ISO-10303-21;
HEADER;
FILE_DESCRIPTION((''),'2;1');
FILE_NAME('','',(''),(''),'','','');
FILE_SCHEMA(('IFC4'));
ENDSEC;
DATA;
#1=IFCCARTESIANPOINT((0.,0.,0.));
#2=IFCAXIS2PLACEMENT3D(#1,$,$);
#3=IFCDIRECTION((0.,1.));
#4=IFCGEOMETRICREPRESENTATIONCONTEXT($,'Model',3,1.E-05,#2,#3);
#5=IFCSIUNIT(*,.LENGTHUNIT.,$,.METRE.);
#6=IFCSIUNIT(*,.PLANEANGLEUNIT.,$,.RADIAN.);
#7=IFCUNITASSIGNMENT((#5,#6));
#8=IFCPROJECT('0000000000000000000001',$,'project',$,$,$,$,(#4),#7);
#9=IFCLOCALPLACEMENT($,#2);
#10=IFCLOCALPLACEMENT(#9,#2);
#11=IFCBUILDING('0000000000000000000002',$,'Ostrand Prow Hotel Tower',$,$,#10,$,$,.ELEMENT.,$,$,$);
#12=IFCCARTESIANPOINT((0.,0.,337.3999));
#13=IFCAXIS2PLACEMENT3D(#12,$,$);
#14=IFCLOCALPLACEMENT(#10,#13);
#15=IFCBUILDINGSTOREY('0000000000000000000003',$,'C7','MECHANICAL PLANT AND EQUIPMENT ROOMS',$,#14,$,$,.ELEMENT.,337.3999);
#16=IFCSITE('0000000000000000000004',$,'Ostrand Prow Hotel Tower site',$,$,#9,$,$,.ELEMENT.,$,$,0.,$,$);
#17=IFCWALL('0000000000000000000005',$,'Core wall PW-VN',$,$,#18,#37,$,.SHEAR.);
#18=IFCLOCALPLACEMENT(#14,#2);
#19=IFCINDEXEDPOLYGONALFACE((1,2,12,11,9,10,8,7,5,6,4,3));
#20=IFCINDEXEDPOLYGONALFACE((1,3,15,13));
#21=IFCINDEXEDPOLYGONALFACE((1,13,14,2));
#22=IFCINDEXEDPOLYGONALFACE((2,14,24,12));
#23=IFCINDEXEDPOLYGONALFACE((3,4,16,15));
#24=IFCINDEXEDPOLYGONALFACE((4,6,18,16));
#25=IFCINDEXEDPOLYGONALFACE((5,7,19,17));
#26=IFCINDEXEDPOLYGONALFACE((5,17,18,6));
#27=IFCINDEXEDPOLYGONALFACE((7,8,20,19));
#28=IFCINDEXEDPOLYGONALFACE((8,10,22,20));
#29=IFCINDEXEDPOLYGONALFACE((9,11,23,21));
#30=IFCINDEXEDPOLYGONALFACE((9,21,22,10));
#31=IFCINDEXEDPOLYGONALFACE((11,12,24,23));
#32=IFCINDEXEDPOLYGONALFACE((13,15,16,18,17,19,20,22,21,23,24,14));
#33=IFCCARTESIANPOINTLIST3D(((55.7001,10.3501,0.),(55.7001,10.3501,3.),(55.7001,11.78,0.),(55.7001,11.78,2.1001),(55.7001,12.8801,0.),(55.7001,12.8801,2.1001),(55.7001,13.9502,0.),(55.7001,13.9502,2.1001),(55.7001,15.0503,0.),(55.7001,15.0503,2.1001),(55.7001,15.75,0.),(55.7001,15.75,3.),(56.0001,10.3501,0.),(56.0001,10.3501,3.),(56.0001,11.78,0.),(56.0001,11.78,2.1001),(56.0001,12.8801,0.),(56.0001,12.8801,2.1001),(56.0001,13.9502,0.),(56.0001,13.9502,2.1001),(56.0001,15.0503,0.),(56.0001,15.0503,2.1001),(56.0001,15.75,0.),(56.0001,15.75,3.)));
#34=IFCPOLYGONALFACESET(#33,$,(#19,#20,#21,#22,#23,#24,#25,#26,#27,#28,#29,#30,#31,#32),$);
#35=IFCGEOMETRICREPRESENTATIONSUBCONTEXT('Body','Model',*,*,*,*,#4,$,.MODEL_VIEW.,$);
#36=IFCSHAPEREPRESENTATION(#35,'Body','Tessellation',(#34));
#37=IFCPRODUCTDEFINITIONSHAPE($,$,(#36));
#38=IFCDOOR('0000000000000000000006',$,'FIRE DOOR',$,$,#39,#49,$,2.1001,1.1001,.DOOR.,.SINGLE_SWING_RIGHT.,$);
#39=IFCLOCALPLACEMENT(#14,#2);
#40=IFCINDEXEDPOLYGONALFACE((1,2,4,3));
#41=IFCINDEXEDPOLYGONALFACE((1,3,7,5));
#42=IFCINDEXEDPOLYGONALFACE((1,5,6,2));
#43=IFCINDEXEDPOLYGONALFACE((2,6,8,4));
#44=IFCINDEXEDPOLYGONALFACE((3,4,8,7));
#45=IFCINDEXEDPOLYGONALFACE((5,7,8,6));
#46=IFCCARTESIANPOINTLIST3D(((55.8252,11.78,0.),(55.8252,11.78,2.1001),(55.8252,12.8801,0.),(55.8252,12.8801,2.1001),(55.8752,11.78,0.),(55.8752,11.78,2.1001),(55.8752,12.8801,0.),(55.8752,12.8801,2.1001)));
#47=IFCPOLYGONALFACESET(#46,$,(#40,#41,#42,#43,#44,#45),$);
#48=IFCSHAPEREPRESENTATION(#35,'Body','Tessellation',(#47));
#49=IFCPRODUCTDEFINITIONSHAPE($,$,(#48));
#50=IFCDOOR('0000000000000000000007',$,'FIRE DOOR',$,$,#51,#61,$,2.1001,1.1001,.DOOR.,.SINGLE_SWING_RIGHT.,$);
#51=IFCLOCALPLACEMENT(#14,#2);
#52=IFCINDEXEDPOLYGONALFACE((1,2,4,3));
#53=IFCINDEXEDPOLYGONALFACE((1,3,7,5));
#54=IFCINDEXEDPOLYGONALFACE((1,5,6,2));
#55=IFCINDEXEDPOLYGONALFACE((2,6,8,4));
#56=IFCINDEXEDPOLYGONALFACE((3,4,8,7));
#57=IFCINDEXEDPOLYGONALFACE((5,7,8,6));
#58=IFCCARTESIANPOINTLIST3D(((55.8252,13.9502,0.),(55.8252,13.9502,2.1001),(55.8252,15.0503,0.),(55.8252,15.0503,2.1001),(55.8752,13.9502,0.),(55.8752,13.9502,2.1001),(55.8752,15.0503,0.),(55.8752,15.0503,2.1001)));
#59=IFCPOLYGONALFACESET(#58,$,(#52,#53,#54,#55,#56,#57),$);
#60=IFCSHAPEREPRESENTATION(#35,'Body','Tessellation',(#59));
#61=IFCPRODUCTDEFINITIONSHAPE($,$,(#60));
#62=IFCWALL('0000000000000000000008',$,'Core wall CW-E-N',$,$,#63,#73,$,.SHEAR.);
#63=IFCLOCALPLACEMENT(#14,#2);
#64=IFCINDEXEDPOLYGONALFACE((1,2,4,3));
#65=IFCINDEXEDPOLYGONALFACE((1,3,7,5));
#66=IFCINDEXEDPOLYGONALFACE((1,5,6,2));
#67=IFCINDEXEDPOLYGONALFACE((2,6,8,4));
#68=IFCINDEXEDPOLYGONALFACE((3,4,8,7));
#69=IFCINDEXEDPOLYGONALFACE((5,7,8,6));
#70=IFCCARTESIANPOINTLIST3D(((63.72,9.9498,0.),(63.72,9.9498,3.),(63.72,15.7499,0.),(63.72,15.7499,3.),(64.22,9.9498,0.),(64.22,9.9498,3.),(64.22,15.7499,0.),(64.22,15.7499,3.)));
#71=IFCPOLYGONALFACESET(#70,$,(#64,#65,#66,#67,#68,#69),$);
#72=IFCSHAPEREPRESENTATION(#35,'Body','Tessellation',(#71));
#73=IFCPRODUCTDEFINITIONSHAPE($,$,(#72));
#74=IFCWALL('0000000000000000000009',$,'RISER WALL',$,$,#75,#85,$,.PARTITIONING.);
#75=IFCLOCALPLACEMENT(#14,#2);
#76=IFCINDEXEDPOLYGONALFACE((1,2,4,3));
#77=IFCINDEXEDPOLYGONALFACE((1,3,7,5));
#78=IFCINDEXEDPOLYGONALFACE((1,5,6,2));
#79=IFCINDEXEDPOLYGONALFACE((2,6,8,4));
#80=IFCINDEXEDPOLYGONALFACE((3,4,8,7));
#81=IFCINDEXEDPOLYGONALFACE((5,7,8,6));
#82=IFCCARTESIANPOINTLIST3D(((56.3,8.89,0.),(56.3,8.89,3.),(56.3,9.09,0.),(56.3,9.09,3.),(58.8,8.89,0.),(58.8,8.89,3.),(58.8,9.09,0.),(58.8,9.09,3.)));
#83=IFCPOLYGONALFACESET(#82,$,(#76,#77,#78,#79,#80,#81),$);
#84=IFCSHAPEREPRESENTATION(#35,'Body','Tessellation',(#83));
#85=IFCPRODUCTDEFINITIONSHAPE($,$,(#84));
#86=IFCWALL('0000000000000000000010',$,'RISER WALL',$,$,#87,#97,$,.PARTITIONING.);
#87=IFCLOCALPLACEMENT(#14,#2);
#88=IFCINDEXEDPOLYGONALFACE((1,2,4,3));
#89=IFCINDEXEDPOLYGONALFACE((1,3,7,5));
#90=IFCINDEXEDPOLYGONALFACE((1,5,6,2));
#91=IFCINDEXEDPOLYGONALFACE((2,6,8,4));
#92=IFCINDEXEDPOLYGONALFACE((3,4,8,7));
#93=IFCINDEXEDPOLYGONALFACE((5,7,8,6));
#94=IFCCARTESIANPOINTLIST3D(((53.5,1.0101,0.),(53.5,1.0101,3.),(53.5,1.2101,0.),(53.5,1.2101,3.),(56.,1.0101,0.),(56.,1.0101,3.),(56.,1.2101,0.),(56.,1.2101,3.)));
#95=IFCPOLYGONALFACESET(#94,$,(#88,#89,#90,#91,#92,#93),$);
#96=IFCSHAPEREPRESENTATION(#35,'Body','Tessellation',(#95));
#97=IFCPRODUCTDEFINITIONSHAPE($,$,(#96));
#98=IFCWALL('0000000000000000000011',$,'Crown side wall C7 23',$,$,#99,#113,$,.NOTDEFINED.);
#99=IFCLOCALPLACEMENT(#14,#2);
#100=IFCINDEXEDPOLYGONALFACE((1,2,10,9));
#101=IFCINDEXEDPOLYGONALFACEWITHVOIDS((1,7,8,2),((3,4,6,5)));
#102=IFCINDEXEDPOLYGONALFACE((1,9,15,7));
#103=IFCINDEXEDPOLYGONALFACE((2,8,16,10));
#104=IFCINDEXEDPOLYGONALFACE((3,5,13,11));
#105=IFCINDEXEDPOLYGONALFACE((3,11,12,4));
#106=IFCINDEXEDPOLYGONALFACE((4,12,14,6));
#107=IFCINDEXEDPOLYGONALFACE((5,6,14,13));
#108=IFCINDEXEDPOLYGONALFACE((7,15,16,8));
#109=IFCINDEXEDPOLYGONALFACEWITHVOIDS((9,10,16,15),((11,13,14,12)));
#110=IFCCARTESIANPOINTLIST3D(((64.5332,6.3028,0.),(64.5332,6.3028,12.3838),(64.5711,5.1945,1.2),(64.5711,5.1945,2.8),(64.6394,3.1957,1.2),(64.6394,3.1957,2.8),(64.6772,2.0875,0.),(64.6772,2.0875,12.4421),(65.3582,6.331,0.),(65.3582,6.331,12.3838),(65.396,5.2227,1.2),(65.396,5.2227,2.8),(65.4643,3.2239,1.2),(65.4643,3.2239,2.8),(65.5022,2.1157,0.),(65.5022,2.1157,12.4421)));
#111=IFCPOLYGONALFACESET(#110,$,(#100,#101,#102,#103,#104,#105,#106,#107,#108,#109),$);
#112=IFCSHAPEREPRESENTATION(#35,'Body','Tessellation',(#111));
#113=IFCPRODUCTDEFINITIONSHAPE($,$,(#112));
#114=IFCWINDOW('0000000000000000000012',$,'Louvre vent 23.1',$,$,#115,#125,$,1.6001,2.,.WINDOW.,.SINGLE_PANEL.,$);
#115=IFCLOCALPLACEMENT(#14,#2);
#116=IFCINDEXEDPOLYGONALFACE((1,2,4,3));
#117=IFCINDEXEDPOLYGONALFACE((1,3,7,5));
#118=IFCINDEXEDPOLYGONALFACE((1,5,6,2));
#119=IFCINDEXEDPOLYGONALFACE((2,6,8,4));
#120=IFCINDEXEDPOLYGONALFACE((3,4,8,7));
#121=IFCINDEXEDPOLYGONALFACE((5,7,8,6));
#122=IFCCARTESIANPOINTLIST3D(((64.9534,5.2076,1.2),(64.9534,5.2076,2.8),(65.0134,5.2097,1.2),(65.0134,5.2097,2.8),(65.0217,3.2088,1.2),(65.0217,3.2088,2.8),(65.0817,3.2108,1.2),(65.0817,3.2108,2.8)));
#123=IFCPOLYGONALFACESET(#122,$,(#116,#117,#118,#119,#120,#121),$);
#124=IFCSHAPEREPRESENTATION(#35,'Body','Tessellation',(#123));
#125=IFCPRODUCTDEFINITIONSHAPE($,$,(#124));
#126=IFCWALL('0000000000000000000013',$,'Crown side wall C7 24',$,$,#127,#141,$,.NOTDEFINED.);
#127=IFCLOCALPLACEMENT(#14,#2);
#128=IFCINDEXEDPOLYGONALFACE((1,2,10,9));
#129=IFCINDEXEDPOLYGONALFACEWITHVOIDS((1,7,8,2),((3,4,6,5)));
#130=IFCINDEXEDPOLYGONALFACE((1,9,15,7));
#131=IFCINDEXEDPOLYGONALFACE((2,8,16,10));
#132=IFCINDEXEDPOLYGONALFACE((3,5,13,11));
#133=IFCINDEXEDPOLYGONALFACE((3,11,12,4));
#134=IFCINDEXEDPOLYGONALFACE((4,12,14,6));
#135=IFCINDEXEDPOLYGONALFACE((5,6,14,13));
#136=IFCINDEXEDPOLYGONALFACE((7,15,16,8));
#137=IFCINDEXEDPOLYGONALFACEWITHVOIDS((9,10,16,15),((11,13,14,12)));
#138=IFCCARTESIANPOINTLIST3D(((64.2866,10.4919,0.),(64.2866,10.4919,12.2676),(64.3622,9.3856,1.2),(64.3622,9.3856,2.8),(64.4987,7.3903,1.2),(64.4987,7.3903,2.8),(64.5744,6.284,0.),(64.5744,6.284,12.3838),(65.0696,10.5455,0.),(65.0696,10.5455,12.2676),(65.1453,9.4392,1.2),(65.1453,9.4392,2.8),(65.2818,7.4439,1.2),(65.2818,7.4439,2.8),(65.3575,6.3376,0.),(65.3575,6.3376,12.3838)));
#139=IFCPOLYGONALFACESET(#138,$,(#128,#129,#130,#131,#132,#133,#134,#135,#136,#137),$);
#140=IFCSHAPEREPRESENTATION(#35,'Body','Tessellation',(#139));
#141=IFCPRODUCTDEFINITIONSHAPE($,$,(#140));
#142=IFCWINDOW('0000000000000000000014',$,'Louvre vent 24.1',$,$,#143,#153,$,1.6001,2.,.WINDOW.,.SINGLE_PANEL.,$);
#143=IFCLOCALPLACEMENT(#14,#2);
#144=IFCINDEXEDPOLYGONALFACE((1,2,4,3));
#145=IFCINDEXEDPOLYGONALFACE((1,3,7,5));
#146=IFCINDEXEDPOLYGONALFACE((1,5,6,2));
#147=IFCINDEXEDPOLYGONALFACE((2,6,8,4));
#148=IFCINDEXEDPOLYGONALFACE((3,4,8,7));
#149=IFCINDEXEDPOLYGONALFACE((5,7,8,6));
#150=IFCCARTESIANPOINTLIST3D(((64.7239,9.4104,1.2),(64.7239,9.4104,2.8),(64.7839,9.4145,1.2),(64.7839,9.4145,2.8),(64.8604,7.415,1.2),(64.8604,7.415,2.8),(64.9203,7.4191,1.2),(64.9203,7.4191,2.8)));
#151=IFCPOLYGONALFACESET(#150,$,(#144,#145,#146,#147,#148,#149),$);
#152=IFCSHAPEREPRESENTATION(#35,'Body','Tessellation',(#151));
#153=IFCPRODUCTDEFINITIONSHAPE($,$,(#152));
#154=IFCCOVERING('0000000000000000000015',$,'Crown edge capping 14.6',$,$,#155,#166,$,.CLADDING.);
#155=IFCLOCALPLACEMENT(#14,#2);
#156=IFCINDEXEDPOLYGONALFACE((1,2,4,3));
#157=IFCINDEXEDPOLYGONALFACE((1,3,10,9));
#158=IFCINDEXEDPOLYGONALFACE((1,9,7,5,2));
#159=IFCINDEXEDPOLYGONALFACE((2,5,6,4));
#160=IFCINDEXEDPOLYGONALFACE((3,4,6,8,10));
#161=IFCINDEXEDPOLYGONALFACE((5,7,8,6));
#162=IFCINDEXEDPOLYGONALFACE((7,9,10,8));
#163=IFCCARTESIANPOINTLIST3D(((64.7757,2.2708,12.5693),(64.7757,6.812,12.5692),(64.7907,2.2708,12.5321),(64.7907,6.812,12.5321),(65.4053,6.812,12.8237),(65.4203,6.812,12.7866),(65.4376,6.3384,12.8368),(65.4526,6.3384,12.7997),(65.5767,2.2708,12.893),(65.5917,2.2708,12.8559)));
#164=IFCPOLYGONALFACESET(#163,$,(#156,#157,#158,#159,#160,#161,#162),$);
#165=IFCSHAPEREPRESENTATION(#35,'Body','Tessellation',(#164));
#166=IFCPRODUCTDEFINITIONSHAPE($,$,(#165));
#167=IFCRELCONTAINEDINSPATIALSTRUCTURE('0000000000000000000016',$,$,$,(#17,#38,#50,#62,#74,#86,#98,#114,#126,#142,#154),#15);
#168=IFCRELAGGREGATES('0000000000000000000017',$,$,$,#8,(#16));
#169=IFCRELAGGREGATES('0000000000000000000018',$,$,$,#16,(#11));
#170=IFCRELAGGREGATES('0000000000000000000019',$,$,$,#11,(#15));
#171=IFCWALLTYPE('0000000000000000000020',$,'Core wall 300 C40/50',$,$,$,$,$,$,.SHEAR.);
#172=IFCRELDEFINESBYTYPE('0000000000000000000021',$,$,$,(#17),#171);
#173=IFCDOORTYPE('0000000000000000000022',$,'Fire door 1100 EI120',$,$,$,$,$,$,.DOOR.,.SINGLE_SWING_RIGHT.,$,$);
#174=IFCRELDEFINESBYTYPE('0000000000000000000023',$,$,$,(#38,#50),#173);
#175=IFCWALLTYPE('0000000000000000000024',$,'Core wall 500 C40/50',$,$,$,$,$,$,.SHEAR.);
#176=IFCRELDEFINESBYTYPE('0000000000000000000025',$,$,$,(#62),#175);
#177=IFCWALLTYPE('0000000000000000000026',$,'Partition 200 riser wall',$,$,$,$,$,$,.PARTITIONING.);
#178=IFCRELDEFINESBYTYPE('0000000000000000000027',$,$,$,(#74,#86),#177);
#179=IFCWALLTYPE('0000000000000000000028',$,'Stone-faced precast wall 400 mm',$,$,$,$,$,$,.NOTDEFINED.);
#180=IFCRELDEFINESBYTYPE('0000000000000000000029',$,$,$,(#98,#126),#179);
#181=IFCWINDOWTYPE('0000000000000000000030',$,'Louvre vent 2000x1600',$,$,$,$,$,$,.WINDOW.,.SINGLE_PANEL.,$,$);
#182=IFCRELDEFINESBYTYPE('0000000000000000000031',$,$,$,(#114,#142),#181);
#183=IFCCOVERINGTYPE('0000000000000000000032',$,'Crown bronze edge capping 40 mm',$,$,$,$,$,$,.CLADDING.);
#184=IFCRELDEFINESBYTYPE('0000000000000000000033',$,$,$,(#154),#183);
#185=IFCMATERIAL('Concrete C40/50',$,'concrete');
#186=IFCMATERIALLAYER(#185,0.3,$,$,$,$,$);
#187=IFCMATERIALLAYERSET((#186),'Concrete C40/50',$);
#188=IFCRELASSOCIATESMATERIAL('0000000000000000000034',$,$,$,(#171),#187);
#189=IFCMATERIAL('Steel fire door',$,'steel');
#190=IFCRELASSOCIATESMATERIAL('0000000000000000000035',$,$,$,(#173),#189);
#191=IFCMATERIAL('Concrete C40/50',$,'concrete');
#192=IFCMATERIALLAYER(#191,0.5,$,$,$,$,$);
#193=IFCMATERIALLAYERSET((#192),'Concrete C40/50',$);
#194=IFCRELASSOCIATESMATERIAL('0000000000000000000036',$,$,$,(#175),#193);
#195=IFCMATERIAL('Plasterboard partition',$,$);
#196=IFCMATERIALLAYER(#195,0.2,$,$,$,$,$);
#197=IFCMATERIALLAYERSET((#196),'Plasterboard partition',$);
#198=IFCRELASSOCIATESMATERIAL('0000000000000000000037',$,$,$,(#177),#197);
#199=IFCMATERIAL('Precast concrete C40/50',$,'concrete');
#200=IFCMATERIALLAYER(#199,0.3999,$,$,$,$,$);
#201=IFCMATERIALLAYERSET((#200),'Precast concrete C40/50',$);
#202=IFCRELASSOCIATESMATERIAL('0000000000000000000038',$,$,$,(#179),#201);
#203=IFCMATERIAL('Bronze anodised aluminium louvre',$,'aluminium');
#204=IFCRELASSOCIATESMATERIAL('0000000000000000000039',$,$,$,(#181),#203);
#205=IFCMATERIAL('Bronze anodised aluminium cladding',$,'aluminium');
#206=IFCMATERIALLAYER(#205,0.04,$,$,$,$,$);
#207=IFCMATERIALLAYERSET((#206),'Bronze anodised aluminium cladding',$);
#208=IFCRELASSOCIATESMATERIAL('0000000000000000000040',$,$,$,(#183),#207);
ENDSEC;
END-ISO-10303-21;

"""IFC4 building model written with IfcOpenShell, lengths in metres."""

from ifc_helpers import new_model, si_unit, direction, frame, frame_2d, origin, place, context, subcontext, project, spatial, polyline, rectangle, outline, extrude, material, layer, layer_set, type_object, element, fill, save


model = new_model("IFC4")

# Units and contexts
model_context = context("Model", 3, precision=1e-05, world=origin(), true_north=direction((0.0, 1.0)))
body_context = subcontext(model_context, "Body", "Model", "MODEL_VIEW")
ifc_project = project(units=[si_unit("LENGTHUNIT", "METRE"), si_unit("PLANEANGLEUNIT", "RADIAN")], contexts=[model_context])

# Site, building, storey
site_placement = place(None, origin())
site = spatial("IfcSite", under=ifc_project, at=site_placement, Name="Ostrand Prow Hotel Tower site", CompositionType="ELEMENT", RefElevation=0.0)
building_placement = place(site_placement, origin())
building = spatial("IfcBuilding", under=site, at=building_placement, Name="Ostrand Prow Hotel Tower", CompositionType="ELEMENT")
storey_placement = place(building_placement, frame((0.0, 0.0, 337.3999)))
storey = spatial("IfcBuildingStorey", under=building, at=storey_placement, Name="C7", Description="MECHANICAL PLANT AND EQUIPMENT ROOMS", CompositionType="ELEMENT", Elevation=337.3999)

# Shared definitions
ifc_material_1 = material(Name="Concrete C40/50", Category="concrete")
ifc_layer_1 = layer(ifc_material_1, 0.3)
ifc_layer_set_1 = layer_set([ifc_layer_1], Name="Concrete C40/50")
wall_type_1 = type_object("IfcWallType", Name="Core wall 300 C40/50", PredefinedType="SHEAR", material=ifc_layer_set_1)

# Wall, openings, doors
wall_1_placement = place(storey_placement, frame((55.8501, 10.3501, 0.0), z_axis=(0.0, 0.0, 1.0), x_axis=(0.0, 1.0, 0.0)))
wall_1 = element("IfcWall", 1, at=wall_1_placement, inside=storey, type_object=wall_type_1, Name="Core wall PW-VN", PredefinedType="SHEAR", context=body_context, shape_type="SweptSolid", body=[
    extrude(rectangle(XDim=5.3999, YDim=0.3, at=frame_2d((2.7, 0.0))), origin(), (0.0, 0.0, 1.0), 3.0),
])
opening_1_placement = place(wall_1_placement, frame((1.4299, 0.0, 0.0)))
opening_1 = element("IfcOpeningElement", 2, at=opening_1_placement, cuts=wall_1, PredefinedType="OPENING", context=body_context, shape_type="SweptSolid", body=[
    extrude(rectangle(XDim=1.1001, YDim=2.1001, at=frame_2d((0.55, 1.05))), frame((0.0, 0.1599, 0.0), z_axis=(0.0, -1.0, 0.0), x_axis=(1.0, 0.0, 0.0)), (0.0, 0.0, 1.0), 0.3201),
])
opening_2_placement = place(wall_1_placement, frame((3.6001, 0.0, 0.0)))
opening_2 = element("IfcOpeningElement", 3, at=opening_2_placement, cuts=wall_1, PredefinedType="OPENING", context=body_context, shape_type="SweptSolid", body=[
    extrude(rectangle(XDim=1.1001, YDim=2.1001, at=frame_2d((0.55, 1.05))), frame((0.0, 0.1599, 0.0), z_axis=(0.0, -1.0, 0.0), x_axis=(1.0, 0.0, 0.0)), (0.0, 0.0, 1.0), 0.3201),
])
ifc_material_2 = material(Name="Steel fire door", Category="steel")
door_type = type_object("IfcDoorType", Name="Fire door 1100 EI120", OperationType="SINGLE_SWING_RIGHT", PredefinedType="DOOR", material=ifc_material_2)
door_1_placement = place(opening_1_placement, origin())
door_1 = element("IfcDoor", 4, at=door_1_placement, inside=storey, type_object=door_type, Name="FIRE DOOR", OperationType="SINGLE_SWING_RIGHT", OverallHeight=2.1001, OverallWidth=1.1001, PredefinedType="DOOR", context=body_context, shape_type="SweptSolid", body=[
    extrude(rectangle(XDim=1.1001, YDim=2.1001, at=frame_2d((0.55, 1.05))), frame((0.0, 0.0249, 0.0), z_axis=(0.0, -1.0, 0.0), x_axis=(1.0, 0.0, 0.0)), (0.0, 0.0, 1.0), 0.05),
])
fill(opening_1, door_1)
door_2_placement = place(opening_2_placement, origin())
door_2 = element("IfcDoor", 5, at=door_2_placement, inside=storey, type_object=door_type, Name="FIRE DOOR", OperationType="SINGLE_SWING_RIGHT", OverallHeight=2.1001, OverallWidth=1.1001, PredefinedType="DOOR", context=body_context, shape_type="SweptSolid", body=[
    extrude(rectangle(XDim=1.1001, YDim=2.1001, at=frame_2d((0.55, 1.05))), frame((0.0, 0.0249, 0.0), z_axis=(0.0, -1.0, 0.0), x_axis=(1.0, 0.0, 0.0)), (0.0, 0.0, 1.0), 0.05),
])
fill(opening_2, door_2)

# Walls
ifc_material_3 = material(Name="Concrete C40/50", Category="concrete")
ifc_layer_2 = layer(ifc_material_3, 0.5)
ifc_layer_set_2 = layer_set([ifc_layer_2], Name="Concrete C40/50")
wall_type_2 = type_object("IfcWallType", Name="Core wall 500 C40/50", PredefinedType="SHEAR", material=ifc_layer_set_2)
wall_2_placement = place(storey_placement, frame((63.97, 9.95, 0.0), z_axis=(0.0, 0.0, 1.0), x_axis=(0.0, 1.0, 0.0)))
element("IfcWall", 6, at=wall_2_placement, inside=storey, type_object=wall_type_2, Name="Core wall CW-E-N", PredefinedType="SHEAR", context=body_context, shape_type="SweptSolid", body=[
    extrude(rectangle(XDim=5.8, YDim=0.5, at=frame_2d((2.8999, 0.0))), origin(), (0.0, 0.0, 1.0), 3.0),
])
ifc_material_4 = material(Name="Plasterboard partition")
ifc_layer_3 = layer(ifc_material_4, 0.2)
ifc_layer_set_3 = layer_set([ifc_layer_3], Name="Plasterboard partition")
wall_type_3 = type_object("IfcWallType", Name="Partition 200 riser wall", PredefinedType="PARTITIONING", material=ifc_layer_set_3)
for number, where, z_axis, x_axis, name in (
    (7, (58.8, 8.99, 0.0), (0.0, 0.0, 1.0), (-1.0, 0.0, 0.0), "RISER WALL"),
    (8, (53.5, 1.1101, 0.0), (0.0, 0.0, 1.0), (1.0, 0.0, 0.0), "RISER WALL"),
):
    element("IfcWall", number, at=place(storey_placement, frame(where, z_axis=z_axis, x_axis=x_axis)), inside=storey, type_object=wall_type_3, Name=name, PredefinedType="PARTITIONING", context=body_context, shape_type="SweptSolid", body=[
        extrude(rectangle(XDim=2.5, YDim=0.2, at=frame_2d((1.25, 0.0))), origin(), (0.0, 0.0, 1.0), 3.0),
    ])

# Walls, openings, windows
ifc_material_5 = material(Name="Precast concrete C40/50", Category="concrete")
ifc_layer_4 = layer(ifc_material_5, 0.3999)
ifc_layer_set_4 = layer_set([ifc_layer_4], Name="Precast concrete C40/50")
wall_type_4 = type_object("IfcWallType", Name="Stone-faced precast wall 400 mm", PredefinedType="NOTDEFINED", material=ifc_layer_set_4)
wall_3_placement = place(storey_placement, frame((65.0896, 2.1016, 0.0), z_axis=(0.0, 0.0, 1.0), x_axis=(-0.034151, 0.999417, 0.0)))
wall_3 = element("IfcWall", 9, at=wall_3_placement, inside=storey, type_object=wall_type_4, Name="Crown side wall C7 23", PredefinedType="NOTDEFINED", context=body_context, shape_type="SweptSolid", body=[
    extrude(outline(polyline([(0.0, 0.0), (4.2178, 0.0), (4.2178, 12.3838), (0.0, 12.4421), (0.0, 0.0)])), frame((0.0, 0.4126, 0.0), z_axis=(0.0, -1.0, 0.0), x_axis=(1.0, 0.0, 0.0)), (0.0, 0.0, 1.0), 0.8254),
])
opening_3_placement = place(wall_3_placement, frame((1.1089, 0.0, 1.2)))
opening_3 = element("IfcOpeningElement", 10, at=opening_3_placement, cuts=wall_3, PredefinedType="OPENING", context=body_context, shape_type="SweptSolid", body=[
    extrude(rectangle(XDim=2.0, YDim=1.6001, at=frame_2d((1.0, 0.8))), frame((0.0, 0.4226, 0.0), z_axis=(0.0, -1.0, 0.0), x_axis=(1.0, 0.0, 0.0)), (0.0, 0.0, 1.0), 0.8455),
])
ifc_material_6 = material(Name="Bronze anodised aluminium louvre", Category="aluminium")
window_type = type_object("IfcWindowType", Name="Louvre vent 2000x1600", PartitioningType="SINGLE_PANEL", PredefinedType="WINDOW", material=ifc_material_6)
window_1_placement = place(opening_3_placement, origin())
window_1 = element("IfcWindow", 11, at=window_1_placement, inside=storey, type_object=window_type, Name="Louvre vent 23.1", OverallHeight=1.6001, OverallWidth=2.0, PartitioningType="SINGLE_PANEL", PredefinedType="WINDOW", context=body_context, shape_type="SweptSolid", body=[
    extrude(rectangle(XDim=2.0, YDim=1.6001, at=frame_2d((1.0, 0.8))), frame((0.0, 0.03, 0.0), z_axis=(0.0, -1.0, 0.0), x_axis=(1.0, 0.0, 0.0)), (0.0, 0.0, 1.0), 0.0601),
])
fill(opening_3, window_1)
wall_4_placement = place(storey_placement, frame((64.9661, 6.3108, 0.0), z_axis=(0.0, 0.0, 1.0), x_axis=(-0.068244, 0.997669, 0.0)))
wall_4 = element("IfcWall", 12, at=wall_4_placement, inside=storey, type_object=wall_type_4, Name="Crown side wall C7 24", PredefinedType="NOTDEFINED", context=body_context, shape_type="SweptSolid", body=[
    extrude(outline(polyline([(0.0, 0.0), (4.2178, 0.0), (4.2178, 12.2676), (0.0, 12.3838), (0.0, 0.0)])), frame((0.0, 0.3926, 0.0), z_axis=(0.0, -1.0, 0.0), x_axis=(1.0, 0.0, 0.0)), (0.0, 0.0, 1.0), 0.7849),
])
opening_4_placement = place(wall_4_placement, frame((1.1089, 0.0, 1.2)))
opening_4 = element("IfcOpeningElement", 13, at=opening_4_placement, cuts=wall_4, PredefinedType="OPENING", context=body_context, shape_type="SweptSolid", body=[
    extrude(rectangle(XDim=2.0, YDim=1.6001, at=frame_2d((1.0, 0.8))), frame((0.0, 0.4023, 0.0), z_axis=(0.0, -1.0, 0.0), x_axis=(1.0, 0.0, 0.0)), (0.0, 0.0, 1.0), 0.8049),
])
window_2_placement = place(opening_4_placement, origin())
window_2 = element("IfcWindow", 14, at=window_2_placement, inside=storey, type_object=window_type, Name="Louvre vent 24.1", OverallHeight=1.6001, OverallWidth=2.0, PartitioningType="SINGLE_PANEL", PredefinedType="WINDOW", context=body_context, shape_type="SweptSolid", body=[
    extrude(rectangle(XDim=2.0, YDim=1.6001, at=frame_2d((1.0, 0.8))), frame((0.0, 0.03, 0.0), z_axis=(0.0, -1.0, 0.0), x_axis=(1.0, 0.0, 0.0)), (0.0, 0.0, 1.0), 0.0601),
])
fill(opening_4, window_2)

# Covering
ifc_material_7 = material(Name="Bronze anodised aluminium cladding", Category="aluminium")
ifc_layer_5 = layer(ifc_material_7, 0.04)
ifc_layer_set_5 = layer_set([ifc_layer_5], Name="Bronze anodised aluminium cladding")
covering_type_1 = type_object("IfcCoveringType", Name="Crown bronze edge capping 40 mm", PredefinedType="CLADDING", material=ifc_layer_set_5)
covering_1_placement = place(storey_placement, frame((65.4053, 6.812, 12.8237), z_axis=(-0.374746, 0.000004, 0.927127), x_axis=(-0.927127, 0.0, -0.374746)))
element("IfcCovering", 15, at=covering_1_placement, inside=storey, type_object=covering_type_1, Name="Crown edge capping 14.6", PredefinedType="CLADDING", context=body_context, shape_type="SweptSolid", body=[
    extrude(outline(polyline([(0.0, 0.0), (0.6791, 0.0), (0.6791, 4.5413), (-0.1849, 4.5413), (-0.0348, 0.4736), (0.0, 0.0)])), origin(), (0.0, 0.0, -1.0), 0.04),
])

save(model, "model.ifc")
